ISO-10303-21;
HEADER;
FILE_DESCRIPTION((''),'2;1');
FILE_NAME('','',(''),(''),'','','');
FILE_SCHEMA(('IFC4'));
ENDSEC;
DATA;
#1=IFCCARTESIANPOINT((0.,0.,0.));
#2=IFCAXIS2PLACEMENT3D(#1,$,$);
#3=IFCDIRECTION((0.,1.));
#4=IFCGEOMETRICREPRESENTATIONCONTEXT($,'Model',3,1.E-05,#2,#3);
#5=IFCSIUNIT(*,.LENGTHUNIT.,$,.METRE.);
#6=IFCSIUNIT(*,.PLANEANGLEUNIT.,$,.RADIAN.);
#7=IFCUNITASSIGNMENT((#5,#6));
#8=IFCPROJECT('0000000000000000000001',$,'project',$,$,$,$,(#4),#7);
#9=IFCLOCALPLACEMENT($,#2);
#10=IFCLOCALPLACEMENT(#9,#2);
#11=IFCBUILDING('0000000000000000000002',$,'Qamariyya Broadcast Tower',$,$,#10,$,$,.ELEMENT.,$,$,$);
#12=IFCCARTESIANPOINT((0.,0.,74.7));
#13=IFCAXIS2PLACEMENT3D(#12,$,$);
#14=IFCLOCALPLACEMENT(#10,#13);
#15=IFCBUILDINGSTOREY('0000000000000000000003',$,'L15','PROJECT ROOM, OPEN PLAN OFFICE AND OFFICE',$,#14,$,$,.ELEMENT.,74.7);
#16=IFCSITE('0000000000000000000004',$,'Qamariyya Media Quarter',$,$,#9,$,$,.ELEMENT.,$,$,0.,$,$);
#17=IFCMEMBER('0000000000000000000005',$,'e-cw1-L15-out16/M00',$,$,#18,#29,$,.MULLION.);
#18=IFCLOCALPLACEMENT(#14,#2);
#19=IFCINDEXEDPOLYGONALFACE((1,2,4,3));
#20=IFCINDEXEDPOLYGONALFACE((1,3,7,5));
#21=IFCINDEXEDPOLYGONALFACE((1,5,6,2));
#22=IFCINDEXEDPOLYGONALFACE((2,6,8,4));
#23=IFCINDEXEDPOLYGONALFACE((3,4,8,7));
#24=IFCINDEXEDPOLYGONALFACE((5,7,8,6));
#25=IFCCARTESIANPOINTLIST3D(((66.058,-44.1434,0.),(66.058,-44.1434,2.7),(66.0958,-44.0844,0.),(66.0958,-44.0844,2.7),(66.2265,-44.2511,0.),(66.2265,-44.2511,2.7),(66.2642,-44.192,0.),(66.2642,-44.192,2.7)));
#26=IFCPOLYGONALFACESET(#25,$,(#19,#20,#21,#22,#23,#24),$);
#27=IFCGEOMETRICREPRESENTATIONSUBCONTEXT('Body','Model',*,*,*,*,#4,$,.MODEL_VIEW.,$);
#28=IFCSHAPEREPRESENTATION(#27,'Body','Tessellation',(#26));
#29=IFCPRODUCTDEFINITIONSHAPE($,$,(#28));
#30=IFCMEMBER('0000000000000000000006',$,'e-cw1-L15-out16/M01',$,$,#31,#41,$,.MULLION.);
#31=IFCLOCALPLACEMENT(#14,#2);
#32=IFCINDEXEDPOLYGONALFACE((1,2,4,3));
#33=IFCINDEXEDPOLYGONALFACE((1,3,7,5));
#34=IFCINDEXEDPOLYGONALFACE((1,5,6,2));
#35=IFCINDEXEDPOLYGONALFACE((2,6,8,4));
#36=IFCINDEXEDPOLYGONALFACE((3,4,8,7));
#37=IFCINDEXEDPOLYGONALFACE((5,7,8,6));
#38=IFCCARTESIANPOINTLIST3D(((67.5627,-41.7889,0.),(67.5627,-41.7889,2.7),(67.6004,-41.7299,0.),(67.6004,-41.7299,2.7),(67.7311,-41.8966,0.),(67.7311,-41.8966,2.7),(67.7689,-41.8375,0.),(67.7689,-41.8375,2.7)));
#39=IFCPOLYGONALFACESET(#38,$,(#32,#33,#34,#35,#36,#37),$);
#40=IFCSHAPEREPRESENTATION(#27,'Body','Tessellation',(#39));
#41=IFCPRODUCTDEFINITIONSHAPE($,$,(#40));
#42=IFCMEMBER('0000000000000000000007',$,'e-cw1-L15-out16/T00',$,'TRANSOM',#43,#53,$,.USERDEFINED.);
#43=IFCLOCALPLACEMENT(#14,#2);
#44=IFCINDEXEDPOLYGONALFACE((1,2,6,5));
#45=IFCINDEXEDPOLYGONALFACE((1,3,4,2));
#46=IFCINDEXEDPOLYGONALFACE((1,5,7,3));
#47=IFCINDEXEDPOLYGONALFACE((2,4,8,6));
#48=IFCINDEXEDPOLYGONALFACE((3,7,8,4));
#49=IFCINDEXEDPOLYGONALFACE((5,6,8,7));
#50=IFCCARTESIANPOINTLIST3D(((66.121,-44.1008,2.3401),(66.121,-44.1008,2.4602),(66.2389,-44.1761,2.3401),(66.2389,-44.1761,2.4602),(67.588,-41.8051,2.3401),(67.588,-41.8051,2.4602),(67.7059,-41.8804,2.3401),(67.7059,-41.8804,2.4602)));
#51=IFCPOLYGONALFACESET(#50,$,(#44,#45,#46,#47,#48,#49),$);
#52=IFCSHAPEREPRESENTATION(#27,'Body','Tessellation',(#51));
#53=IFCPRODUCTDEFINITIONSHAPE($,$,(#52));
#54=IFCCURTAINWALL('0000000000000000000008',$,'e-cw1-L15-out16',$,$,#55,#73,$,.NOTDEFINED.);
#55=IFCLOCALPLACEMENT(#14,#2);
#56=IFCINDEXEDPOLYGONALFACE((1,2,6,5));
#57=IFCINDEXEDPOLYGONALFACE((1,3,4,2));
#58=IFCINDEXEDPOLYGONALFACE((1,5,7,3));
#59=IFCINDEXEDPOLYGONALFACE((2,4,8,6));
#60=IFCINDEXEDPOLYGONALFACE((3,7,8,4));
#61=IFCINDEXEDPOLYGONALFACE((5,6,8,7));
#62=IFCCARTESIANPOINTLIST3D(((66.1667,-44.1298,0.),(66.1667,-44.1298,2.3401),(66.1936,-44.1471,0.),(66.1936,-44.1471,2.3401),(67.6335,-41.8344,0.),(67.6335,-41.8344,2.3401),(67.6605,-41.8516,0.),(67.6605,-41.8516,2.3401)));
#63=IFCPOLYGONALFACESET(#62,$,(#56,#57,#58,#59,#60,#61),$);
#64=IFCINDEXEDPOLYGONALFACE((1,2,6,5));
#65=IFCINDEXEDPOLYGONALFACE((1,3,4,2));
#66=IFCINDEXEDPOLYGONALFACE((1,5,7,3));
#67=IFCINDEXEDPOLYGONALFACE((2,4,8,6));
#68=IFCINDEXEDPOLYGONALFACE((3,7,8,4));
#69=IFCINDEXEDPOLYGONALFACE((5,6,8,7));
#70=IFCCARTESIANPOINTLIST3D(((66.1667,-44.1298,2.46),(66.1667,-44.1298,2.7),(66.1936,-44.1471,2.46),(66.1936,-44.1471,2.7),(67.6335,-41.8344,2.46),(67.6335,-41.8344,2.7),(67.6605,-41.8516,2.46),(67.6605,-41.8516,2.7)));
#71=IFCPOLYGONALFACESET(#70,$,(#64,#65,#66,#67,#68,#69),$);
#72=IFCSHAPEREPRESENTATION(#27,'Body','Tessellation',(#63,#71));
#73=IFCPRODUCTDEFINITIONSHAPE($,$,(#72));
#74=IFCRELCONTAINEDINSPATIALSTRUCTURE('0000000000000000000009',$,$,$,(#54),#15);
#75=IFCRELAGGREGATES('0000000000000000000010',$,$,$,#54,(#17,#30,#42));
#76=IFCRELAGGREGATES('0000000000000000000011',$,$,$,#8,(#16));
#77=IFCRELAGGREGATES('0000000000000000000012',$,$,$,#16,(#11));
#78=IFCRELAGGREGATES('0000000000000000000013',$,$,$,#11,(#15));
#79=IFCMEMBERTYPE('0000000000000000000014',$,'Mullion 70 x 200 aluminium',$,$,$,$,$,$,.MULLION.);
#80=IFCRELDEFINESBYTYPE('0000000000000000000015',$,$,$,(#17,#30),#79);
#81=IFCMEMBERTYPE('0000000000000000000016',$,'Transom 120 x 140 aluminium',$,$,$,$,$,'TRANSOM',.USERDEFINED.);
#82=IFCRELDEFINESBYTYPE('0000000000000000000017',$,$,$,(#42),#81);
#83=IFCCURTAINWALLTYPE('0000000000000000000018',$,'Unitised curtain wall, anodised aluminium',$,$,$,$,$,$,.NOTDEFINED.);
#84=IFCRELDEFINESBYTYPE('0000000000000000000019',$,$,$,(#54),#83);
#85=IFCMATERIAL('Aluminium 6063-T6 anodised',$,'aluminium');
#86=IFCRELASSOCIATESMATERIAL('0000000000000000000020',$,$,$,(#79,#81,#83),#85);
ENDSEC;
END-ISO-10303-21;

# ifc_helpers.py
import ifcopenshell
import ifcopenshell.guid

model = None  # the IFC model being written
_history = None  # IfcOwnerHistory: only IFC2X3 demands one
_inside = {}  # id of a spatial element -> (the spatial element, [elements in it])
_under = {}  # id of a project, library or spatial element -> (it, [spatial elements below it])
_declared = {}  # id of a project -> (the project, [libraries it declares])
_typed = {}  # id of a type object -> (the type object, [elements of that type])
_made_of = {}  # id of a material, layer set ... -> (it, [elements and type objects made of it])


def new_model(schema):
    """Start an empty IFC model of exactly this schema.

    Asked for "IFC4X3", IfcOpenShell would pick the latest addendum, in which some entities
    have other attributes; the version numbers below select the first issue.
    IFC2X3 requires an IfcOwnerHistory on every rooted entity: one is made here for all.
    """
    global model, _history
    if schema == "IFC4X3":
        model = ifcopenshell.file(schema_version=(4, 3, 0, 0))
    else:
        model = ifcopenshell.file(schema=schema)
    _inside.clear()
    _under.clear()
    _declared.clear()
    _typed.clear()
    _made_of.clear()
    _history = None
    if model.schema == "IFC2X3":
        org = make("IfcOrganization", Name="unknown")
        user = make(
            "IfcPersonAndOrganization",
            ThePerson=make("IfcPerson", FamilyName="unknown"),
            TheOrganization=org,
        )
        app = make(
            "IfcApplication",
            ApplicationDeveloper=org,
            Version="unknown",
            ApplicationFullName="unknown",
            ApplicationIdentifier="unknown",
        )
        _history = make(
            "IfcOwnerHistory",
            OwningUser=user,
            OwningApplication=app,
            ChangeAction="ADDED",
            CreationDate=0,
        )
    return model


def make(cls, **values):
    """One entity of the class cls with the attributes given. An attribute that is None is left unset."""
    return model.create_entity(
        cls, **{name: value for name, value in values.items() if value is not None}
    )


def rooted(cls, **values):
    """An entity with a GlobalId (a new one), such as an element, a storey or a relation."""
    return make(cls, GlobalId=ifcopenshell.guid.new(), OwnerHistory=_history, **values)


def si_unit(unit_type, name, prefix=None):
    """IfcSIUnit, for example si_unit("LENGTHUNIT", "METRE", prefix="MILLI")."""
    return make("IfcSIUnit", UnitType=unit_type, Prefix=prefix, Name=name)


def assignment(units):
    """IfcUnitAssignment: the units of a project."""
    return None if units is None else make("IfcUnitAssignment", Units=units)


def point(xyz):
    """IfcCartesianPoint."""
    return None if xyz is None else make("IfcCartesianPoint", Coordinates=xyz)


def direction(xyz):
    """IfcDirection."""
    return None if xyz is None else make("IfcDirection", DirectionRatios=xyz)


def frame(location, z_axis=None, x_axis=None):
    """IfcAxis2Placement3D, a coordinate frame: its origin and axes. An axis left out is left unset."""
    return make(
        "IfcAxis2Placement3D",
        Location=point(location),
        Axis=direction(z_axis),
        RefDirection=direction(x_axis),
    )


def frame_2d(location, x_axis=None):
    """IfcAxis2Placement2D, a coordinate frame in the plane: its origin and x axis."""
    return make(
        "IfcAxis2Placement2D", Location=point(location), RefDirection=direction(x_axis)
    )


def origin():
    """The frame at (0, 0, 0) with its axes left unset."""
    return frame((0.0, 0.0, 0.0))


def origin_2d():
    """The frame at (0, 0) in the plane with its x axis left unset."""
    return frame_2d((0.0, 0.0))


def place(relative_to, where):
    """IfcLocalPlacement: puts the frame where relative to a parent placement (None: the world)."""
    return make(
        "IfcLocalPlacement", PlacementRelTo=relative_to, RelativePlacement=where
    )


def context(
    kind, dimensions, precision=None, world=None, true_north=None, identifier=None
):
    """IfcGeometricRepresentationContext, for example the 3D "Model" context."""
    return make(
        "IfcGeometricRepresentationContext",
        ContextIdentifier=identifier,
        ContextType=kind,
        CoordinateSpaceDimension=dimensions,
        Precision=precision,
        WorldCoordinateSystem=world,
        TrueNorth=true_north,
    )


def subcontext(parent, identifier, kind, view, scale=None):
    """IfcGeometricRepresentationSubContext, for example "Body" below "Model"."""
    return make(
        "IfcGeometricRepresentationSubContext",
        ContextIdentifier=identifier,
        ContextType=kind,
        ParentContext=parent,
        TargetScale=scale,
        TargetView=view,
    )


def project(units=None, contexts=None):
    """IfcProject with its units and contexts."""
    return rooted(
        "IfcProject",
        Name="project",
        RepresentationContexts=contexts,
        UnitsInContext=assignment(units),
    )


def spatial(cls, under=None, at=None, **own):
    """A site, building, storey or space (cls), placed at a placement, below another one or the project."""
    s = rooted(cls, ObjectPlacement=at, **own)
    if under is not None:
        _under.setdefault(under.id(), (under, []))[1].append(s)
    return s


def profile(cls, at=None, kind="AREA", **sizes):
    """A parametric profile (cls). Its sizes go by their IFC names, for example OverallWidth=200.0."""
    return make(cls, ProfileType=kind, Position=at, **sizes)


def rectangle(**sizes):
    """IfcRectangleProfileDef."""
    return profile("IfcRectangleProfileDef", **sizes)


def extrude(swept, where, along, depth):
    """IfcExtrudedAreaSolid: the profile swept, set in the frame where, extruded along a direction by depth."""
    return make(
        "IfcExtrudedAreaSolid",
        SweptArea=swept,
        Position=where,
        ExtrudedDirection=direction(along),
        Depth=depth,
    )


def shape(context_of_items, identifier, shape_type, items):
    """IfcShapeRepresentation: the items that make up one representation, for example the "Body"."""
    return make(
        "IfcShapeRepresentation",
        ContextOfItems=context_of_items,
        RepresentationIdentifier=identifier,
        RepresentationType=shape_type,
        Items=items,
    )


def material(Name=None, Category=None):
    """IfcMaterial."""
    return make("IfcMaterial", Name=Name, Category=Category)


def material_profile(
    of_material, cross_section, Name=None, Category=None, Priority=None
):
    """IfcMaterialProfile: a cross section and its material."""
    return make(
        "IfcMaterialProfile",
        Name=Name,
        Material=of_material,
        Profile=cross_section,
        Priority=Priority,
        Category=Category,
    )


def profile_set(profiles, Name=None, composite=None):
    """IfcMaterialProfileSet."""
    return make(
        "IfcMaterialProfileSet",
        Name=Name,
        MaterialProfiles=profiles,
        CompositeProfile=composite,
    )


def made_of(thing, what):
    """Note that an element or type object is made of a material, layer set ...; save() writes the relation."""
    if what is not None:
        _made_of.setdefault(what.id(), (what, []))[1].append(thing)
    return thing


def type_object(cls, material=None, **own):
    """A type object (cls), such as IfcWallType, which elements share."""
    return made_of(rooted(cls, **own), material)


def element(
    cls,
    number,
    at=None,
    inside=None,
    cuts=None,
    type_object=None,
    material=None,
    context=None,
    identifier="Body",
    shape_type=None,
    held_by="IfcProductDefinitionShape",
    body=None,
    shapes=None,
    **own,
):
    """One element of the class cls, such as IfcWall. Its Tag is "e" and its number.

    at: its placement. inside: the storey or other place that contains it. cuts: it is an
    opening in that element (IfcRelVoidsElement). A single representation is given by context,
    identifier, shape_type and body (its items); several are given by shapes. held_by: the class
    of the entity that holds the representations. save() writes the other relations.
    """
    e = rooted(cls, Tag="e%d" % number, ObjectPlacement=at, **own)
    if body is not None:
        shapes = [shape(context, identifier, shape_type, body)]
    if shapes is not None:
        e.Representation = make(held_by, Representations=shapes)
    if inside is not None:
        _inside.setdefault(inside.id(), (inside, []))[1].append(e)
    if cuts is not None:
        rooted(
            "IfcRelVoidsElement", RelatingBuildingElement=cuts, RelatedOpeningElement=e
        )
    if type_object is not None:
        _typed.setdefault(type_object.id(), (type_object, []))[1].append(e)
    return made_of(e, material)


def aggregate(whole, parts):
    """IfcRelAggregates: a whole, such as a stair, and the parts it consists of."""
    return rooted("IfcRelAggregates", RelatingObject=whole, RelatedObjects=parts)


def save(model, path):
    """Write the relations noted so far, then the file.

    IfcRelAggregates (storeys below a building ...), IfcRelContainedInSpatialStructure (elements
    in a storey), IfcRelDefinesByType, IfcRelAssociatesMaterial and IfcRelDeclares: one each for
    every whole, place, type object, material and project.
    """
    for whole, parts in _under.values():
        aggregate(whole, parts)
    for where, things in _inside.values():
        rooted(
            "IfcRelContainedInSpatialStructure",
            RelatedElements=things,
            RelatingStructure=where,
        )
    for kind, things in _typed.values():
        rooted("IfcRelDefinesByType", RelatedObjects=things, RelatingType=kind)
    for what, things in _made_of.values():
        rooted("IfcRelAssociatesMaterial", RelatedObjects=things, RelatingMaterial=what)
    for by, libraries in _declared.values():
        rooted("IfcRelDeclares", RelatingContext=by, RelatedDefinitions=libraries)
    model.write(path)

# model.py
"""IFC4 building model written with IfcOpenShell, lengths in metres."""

from ifc_helpers import new_model, si_unit, direction, frame, origin, origin_2d, place, context, subcontext, project, spatial, rectangle, extrude, material, material_profile, profile_set, type_object, element, aggregate, save


model = new_model("IFC4")

# Units and contexts
model_context = context("Model", 3, precision=1e-05, world=origin(), true_north=direction((0.0, 1.0)))
body_context = subcontext(model_context, "Body", "Model", "MODEL_VIEW")
ifc_project = project(units=[si_unit("LENGTHUNIT", "METRE"), si_unit("PLANEANGLEUNIT", "RADIAN")], contexts=[model_context])

# Members
ifc_material = material(Name="Aluminium 6063-T6 anodised", Category="aluminium")
ifc_material_profile_1 = material_profile(ifc_material, rectangle(XDim=0.2, YDim=0.0701, at=origin_2d()))
ifc_profile_set_1 = profile_set([ifc_material_profile_1], Name="Aluminium 6063-T6 anodised")
member_type_1 = type_object("IfcMemberType", Name="Mullion 70 x 200 aluminium", PredefinedType="MULLION", material=ifc_profile_set_1)
site_placement = place(None, origin())
building_placement = place(site_placement, origin())
storey_placement = place(building_placement, frame((0.0, 0.0, 74.7)))
member_1_placement = place(storey_placement, frame((66.1611, -44.1677, 0.0), z_axis=(0.0, 0.0, 1.0), x_axis=(-0.842629, 0.538495, 0.0)))
member_1 = element("IfcMember", 1, at=member_1_placement, type_object=member_type_1, Name="e-cw1-L15-out16/M00", PredefinedType="MULLION", context=body_context, shape_type="SweptSolid", body=[
    extrude(rectangle(XDim=0.2, YDim=0.0701, at=origin_2d()), origin(), (0.0, 0.0, 1.0), 2.7),
])
member_2_placement = place(storey_placement, frame((67.6658, -41.8132, 0.0), z_axis=(0.0, 0.0, 1.0), x_axis=(-0.842629, 0.538495, 0.0)))
member_2 = element("IfcMember", 2, at=member_2_placement, type_object=member_type_1, Name="e-cw1-L15-out16/M01", PredefinedType="MULLION", context=body_context, shape_type="SweptSolid", body=[
    extrude(rectangle(XDim=0.2, YDim=0.0701, at=origin_2d()), origin(), (0.0, 0.0, 1.0), 2.7),
])
ifc_material_profile_2 = material_profile(ifc_material, rectangle(XDim=0.1399, YDim=0.1201, at=origin_2d()))
ifc_profile_set_2 = profile_set([ifc_material_profile_2], Name="Aluminium 6063-T6 anodised")
member_type_2 = type_object("IfcMemberType", Name="Transom 120 x 140 aluminium", ElementType="TRANSOM", PredefinedType="USERDEFINED", material=ifc_profile_set_2)
member_3_placement = place(storey_placement, frame((66.1799, -44.1384, 2.4001), z_axis=(0.538486, 0.842634, 0.0), x_axis=(-0.842634, 0.538486, 0.0)))
member_3 = element("IfcMember", 3, at=member_3_placement, type_object=member_type_2, Name="e-cw1-L15-out16/T00", ObjectType="TRANSOM", PredefinedType="USERDEFINED", context=body_context, shape_type="SweptSolid", body=[
    extrude(rectangle(XDim=0.1399, YDim=0.1201, at=origin_2d()), origin(), (0.0, 0.0, 1.0), 2.7244),
])

# Site, building, storey
site = spatial("IfcSite", under=ifc_project, at=site_placement, Name="Qamariyya Media Quarter", CompositionType="ELEMENT", RefElevation=0.0)
building = spatial("IfcBuilding", under=site, at=building_placement, Name="Qamariyya Broadcast Tower", CompositionType="ELEMENT")
storey = spatial("IfcBuildingStorey", under=building, at=storey_placement, Name="L15", Description="PROJECT ROOM, OPEN PLAN OFFICE AND OFFICE", CompositionType="ELEMENT", Elevation=74.7)

# Curtain wall
curtain_wall_type = type_object("IfcCurtainWallType", Name="Unitised curtain wall, anodised aluminium", PredefinedType="NOTDEFINED", material=ifc_material)
curtain_wall_1_placement = place(storey_placement, origin())
curtain_wall_1 = element("IfcCurtainWall", 4, at=curtain_wall_1_placement, inside=storey, type_object=curtain_wall_type, Name="e-cw1-L15-out16", PredefinedType="NOTDEFINED", context=body_context, shape_type="SweptSolid", body=[
    extrude(rectangle(XDim=2.7241, YDim=0.032, at=origin_2d()), frame((66.9136, -42.9907, 0.0), x_axis=(0.538485, 0.842635, 0.0)), (0.0, 0.0, 1.0), 2.3401),
    extrude(rectangle(XDim=2.7241, YDim=0.032, at=origin_2d()), frame((66.9136, -42.9907, 2.46), x_axis=(0.538485, 0.842635, 0.0)), (0.0, 0.0, 1.0), 0.24),
])
aggregate(curtain_wall_1, [member_1, member_2, member_3])

save(model, "model.ifc")
